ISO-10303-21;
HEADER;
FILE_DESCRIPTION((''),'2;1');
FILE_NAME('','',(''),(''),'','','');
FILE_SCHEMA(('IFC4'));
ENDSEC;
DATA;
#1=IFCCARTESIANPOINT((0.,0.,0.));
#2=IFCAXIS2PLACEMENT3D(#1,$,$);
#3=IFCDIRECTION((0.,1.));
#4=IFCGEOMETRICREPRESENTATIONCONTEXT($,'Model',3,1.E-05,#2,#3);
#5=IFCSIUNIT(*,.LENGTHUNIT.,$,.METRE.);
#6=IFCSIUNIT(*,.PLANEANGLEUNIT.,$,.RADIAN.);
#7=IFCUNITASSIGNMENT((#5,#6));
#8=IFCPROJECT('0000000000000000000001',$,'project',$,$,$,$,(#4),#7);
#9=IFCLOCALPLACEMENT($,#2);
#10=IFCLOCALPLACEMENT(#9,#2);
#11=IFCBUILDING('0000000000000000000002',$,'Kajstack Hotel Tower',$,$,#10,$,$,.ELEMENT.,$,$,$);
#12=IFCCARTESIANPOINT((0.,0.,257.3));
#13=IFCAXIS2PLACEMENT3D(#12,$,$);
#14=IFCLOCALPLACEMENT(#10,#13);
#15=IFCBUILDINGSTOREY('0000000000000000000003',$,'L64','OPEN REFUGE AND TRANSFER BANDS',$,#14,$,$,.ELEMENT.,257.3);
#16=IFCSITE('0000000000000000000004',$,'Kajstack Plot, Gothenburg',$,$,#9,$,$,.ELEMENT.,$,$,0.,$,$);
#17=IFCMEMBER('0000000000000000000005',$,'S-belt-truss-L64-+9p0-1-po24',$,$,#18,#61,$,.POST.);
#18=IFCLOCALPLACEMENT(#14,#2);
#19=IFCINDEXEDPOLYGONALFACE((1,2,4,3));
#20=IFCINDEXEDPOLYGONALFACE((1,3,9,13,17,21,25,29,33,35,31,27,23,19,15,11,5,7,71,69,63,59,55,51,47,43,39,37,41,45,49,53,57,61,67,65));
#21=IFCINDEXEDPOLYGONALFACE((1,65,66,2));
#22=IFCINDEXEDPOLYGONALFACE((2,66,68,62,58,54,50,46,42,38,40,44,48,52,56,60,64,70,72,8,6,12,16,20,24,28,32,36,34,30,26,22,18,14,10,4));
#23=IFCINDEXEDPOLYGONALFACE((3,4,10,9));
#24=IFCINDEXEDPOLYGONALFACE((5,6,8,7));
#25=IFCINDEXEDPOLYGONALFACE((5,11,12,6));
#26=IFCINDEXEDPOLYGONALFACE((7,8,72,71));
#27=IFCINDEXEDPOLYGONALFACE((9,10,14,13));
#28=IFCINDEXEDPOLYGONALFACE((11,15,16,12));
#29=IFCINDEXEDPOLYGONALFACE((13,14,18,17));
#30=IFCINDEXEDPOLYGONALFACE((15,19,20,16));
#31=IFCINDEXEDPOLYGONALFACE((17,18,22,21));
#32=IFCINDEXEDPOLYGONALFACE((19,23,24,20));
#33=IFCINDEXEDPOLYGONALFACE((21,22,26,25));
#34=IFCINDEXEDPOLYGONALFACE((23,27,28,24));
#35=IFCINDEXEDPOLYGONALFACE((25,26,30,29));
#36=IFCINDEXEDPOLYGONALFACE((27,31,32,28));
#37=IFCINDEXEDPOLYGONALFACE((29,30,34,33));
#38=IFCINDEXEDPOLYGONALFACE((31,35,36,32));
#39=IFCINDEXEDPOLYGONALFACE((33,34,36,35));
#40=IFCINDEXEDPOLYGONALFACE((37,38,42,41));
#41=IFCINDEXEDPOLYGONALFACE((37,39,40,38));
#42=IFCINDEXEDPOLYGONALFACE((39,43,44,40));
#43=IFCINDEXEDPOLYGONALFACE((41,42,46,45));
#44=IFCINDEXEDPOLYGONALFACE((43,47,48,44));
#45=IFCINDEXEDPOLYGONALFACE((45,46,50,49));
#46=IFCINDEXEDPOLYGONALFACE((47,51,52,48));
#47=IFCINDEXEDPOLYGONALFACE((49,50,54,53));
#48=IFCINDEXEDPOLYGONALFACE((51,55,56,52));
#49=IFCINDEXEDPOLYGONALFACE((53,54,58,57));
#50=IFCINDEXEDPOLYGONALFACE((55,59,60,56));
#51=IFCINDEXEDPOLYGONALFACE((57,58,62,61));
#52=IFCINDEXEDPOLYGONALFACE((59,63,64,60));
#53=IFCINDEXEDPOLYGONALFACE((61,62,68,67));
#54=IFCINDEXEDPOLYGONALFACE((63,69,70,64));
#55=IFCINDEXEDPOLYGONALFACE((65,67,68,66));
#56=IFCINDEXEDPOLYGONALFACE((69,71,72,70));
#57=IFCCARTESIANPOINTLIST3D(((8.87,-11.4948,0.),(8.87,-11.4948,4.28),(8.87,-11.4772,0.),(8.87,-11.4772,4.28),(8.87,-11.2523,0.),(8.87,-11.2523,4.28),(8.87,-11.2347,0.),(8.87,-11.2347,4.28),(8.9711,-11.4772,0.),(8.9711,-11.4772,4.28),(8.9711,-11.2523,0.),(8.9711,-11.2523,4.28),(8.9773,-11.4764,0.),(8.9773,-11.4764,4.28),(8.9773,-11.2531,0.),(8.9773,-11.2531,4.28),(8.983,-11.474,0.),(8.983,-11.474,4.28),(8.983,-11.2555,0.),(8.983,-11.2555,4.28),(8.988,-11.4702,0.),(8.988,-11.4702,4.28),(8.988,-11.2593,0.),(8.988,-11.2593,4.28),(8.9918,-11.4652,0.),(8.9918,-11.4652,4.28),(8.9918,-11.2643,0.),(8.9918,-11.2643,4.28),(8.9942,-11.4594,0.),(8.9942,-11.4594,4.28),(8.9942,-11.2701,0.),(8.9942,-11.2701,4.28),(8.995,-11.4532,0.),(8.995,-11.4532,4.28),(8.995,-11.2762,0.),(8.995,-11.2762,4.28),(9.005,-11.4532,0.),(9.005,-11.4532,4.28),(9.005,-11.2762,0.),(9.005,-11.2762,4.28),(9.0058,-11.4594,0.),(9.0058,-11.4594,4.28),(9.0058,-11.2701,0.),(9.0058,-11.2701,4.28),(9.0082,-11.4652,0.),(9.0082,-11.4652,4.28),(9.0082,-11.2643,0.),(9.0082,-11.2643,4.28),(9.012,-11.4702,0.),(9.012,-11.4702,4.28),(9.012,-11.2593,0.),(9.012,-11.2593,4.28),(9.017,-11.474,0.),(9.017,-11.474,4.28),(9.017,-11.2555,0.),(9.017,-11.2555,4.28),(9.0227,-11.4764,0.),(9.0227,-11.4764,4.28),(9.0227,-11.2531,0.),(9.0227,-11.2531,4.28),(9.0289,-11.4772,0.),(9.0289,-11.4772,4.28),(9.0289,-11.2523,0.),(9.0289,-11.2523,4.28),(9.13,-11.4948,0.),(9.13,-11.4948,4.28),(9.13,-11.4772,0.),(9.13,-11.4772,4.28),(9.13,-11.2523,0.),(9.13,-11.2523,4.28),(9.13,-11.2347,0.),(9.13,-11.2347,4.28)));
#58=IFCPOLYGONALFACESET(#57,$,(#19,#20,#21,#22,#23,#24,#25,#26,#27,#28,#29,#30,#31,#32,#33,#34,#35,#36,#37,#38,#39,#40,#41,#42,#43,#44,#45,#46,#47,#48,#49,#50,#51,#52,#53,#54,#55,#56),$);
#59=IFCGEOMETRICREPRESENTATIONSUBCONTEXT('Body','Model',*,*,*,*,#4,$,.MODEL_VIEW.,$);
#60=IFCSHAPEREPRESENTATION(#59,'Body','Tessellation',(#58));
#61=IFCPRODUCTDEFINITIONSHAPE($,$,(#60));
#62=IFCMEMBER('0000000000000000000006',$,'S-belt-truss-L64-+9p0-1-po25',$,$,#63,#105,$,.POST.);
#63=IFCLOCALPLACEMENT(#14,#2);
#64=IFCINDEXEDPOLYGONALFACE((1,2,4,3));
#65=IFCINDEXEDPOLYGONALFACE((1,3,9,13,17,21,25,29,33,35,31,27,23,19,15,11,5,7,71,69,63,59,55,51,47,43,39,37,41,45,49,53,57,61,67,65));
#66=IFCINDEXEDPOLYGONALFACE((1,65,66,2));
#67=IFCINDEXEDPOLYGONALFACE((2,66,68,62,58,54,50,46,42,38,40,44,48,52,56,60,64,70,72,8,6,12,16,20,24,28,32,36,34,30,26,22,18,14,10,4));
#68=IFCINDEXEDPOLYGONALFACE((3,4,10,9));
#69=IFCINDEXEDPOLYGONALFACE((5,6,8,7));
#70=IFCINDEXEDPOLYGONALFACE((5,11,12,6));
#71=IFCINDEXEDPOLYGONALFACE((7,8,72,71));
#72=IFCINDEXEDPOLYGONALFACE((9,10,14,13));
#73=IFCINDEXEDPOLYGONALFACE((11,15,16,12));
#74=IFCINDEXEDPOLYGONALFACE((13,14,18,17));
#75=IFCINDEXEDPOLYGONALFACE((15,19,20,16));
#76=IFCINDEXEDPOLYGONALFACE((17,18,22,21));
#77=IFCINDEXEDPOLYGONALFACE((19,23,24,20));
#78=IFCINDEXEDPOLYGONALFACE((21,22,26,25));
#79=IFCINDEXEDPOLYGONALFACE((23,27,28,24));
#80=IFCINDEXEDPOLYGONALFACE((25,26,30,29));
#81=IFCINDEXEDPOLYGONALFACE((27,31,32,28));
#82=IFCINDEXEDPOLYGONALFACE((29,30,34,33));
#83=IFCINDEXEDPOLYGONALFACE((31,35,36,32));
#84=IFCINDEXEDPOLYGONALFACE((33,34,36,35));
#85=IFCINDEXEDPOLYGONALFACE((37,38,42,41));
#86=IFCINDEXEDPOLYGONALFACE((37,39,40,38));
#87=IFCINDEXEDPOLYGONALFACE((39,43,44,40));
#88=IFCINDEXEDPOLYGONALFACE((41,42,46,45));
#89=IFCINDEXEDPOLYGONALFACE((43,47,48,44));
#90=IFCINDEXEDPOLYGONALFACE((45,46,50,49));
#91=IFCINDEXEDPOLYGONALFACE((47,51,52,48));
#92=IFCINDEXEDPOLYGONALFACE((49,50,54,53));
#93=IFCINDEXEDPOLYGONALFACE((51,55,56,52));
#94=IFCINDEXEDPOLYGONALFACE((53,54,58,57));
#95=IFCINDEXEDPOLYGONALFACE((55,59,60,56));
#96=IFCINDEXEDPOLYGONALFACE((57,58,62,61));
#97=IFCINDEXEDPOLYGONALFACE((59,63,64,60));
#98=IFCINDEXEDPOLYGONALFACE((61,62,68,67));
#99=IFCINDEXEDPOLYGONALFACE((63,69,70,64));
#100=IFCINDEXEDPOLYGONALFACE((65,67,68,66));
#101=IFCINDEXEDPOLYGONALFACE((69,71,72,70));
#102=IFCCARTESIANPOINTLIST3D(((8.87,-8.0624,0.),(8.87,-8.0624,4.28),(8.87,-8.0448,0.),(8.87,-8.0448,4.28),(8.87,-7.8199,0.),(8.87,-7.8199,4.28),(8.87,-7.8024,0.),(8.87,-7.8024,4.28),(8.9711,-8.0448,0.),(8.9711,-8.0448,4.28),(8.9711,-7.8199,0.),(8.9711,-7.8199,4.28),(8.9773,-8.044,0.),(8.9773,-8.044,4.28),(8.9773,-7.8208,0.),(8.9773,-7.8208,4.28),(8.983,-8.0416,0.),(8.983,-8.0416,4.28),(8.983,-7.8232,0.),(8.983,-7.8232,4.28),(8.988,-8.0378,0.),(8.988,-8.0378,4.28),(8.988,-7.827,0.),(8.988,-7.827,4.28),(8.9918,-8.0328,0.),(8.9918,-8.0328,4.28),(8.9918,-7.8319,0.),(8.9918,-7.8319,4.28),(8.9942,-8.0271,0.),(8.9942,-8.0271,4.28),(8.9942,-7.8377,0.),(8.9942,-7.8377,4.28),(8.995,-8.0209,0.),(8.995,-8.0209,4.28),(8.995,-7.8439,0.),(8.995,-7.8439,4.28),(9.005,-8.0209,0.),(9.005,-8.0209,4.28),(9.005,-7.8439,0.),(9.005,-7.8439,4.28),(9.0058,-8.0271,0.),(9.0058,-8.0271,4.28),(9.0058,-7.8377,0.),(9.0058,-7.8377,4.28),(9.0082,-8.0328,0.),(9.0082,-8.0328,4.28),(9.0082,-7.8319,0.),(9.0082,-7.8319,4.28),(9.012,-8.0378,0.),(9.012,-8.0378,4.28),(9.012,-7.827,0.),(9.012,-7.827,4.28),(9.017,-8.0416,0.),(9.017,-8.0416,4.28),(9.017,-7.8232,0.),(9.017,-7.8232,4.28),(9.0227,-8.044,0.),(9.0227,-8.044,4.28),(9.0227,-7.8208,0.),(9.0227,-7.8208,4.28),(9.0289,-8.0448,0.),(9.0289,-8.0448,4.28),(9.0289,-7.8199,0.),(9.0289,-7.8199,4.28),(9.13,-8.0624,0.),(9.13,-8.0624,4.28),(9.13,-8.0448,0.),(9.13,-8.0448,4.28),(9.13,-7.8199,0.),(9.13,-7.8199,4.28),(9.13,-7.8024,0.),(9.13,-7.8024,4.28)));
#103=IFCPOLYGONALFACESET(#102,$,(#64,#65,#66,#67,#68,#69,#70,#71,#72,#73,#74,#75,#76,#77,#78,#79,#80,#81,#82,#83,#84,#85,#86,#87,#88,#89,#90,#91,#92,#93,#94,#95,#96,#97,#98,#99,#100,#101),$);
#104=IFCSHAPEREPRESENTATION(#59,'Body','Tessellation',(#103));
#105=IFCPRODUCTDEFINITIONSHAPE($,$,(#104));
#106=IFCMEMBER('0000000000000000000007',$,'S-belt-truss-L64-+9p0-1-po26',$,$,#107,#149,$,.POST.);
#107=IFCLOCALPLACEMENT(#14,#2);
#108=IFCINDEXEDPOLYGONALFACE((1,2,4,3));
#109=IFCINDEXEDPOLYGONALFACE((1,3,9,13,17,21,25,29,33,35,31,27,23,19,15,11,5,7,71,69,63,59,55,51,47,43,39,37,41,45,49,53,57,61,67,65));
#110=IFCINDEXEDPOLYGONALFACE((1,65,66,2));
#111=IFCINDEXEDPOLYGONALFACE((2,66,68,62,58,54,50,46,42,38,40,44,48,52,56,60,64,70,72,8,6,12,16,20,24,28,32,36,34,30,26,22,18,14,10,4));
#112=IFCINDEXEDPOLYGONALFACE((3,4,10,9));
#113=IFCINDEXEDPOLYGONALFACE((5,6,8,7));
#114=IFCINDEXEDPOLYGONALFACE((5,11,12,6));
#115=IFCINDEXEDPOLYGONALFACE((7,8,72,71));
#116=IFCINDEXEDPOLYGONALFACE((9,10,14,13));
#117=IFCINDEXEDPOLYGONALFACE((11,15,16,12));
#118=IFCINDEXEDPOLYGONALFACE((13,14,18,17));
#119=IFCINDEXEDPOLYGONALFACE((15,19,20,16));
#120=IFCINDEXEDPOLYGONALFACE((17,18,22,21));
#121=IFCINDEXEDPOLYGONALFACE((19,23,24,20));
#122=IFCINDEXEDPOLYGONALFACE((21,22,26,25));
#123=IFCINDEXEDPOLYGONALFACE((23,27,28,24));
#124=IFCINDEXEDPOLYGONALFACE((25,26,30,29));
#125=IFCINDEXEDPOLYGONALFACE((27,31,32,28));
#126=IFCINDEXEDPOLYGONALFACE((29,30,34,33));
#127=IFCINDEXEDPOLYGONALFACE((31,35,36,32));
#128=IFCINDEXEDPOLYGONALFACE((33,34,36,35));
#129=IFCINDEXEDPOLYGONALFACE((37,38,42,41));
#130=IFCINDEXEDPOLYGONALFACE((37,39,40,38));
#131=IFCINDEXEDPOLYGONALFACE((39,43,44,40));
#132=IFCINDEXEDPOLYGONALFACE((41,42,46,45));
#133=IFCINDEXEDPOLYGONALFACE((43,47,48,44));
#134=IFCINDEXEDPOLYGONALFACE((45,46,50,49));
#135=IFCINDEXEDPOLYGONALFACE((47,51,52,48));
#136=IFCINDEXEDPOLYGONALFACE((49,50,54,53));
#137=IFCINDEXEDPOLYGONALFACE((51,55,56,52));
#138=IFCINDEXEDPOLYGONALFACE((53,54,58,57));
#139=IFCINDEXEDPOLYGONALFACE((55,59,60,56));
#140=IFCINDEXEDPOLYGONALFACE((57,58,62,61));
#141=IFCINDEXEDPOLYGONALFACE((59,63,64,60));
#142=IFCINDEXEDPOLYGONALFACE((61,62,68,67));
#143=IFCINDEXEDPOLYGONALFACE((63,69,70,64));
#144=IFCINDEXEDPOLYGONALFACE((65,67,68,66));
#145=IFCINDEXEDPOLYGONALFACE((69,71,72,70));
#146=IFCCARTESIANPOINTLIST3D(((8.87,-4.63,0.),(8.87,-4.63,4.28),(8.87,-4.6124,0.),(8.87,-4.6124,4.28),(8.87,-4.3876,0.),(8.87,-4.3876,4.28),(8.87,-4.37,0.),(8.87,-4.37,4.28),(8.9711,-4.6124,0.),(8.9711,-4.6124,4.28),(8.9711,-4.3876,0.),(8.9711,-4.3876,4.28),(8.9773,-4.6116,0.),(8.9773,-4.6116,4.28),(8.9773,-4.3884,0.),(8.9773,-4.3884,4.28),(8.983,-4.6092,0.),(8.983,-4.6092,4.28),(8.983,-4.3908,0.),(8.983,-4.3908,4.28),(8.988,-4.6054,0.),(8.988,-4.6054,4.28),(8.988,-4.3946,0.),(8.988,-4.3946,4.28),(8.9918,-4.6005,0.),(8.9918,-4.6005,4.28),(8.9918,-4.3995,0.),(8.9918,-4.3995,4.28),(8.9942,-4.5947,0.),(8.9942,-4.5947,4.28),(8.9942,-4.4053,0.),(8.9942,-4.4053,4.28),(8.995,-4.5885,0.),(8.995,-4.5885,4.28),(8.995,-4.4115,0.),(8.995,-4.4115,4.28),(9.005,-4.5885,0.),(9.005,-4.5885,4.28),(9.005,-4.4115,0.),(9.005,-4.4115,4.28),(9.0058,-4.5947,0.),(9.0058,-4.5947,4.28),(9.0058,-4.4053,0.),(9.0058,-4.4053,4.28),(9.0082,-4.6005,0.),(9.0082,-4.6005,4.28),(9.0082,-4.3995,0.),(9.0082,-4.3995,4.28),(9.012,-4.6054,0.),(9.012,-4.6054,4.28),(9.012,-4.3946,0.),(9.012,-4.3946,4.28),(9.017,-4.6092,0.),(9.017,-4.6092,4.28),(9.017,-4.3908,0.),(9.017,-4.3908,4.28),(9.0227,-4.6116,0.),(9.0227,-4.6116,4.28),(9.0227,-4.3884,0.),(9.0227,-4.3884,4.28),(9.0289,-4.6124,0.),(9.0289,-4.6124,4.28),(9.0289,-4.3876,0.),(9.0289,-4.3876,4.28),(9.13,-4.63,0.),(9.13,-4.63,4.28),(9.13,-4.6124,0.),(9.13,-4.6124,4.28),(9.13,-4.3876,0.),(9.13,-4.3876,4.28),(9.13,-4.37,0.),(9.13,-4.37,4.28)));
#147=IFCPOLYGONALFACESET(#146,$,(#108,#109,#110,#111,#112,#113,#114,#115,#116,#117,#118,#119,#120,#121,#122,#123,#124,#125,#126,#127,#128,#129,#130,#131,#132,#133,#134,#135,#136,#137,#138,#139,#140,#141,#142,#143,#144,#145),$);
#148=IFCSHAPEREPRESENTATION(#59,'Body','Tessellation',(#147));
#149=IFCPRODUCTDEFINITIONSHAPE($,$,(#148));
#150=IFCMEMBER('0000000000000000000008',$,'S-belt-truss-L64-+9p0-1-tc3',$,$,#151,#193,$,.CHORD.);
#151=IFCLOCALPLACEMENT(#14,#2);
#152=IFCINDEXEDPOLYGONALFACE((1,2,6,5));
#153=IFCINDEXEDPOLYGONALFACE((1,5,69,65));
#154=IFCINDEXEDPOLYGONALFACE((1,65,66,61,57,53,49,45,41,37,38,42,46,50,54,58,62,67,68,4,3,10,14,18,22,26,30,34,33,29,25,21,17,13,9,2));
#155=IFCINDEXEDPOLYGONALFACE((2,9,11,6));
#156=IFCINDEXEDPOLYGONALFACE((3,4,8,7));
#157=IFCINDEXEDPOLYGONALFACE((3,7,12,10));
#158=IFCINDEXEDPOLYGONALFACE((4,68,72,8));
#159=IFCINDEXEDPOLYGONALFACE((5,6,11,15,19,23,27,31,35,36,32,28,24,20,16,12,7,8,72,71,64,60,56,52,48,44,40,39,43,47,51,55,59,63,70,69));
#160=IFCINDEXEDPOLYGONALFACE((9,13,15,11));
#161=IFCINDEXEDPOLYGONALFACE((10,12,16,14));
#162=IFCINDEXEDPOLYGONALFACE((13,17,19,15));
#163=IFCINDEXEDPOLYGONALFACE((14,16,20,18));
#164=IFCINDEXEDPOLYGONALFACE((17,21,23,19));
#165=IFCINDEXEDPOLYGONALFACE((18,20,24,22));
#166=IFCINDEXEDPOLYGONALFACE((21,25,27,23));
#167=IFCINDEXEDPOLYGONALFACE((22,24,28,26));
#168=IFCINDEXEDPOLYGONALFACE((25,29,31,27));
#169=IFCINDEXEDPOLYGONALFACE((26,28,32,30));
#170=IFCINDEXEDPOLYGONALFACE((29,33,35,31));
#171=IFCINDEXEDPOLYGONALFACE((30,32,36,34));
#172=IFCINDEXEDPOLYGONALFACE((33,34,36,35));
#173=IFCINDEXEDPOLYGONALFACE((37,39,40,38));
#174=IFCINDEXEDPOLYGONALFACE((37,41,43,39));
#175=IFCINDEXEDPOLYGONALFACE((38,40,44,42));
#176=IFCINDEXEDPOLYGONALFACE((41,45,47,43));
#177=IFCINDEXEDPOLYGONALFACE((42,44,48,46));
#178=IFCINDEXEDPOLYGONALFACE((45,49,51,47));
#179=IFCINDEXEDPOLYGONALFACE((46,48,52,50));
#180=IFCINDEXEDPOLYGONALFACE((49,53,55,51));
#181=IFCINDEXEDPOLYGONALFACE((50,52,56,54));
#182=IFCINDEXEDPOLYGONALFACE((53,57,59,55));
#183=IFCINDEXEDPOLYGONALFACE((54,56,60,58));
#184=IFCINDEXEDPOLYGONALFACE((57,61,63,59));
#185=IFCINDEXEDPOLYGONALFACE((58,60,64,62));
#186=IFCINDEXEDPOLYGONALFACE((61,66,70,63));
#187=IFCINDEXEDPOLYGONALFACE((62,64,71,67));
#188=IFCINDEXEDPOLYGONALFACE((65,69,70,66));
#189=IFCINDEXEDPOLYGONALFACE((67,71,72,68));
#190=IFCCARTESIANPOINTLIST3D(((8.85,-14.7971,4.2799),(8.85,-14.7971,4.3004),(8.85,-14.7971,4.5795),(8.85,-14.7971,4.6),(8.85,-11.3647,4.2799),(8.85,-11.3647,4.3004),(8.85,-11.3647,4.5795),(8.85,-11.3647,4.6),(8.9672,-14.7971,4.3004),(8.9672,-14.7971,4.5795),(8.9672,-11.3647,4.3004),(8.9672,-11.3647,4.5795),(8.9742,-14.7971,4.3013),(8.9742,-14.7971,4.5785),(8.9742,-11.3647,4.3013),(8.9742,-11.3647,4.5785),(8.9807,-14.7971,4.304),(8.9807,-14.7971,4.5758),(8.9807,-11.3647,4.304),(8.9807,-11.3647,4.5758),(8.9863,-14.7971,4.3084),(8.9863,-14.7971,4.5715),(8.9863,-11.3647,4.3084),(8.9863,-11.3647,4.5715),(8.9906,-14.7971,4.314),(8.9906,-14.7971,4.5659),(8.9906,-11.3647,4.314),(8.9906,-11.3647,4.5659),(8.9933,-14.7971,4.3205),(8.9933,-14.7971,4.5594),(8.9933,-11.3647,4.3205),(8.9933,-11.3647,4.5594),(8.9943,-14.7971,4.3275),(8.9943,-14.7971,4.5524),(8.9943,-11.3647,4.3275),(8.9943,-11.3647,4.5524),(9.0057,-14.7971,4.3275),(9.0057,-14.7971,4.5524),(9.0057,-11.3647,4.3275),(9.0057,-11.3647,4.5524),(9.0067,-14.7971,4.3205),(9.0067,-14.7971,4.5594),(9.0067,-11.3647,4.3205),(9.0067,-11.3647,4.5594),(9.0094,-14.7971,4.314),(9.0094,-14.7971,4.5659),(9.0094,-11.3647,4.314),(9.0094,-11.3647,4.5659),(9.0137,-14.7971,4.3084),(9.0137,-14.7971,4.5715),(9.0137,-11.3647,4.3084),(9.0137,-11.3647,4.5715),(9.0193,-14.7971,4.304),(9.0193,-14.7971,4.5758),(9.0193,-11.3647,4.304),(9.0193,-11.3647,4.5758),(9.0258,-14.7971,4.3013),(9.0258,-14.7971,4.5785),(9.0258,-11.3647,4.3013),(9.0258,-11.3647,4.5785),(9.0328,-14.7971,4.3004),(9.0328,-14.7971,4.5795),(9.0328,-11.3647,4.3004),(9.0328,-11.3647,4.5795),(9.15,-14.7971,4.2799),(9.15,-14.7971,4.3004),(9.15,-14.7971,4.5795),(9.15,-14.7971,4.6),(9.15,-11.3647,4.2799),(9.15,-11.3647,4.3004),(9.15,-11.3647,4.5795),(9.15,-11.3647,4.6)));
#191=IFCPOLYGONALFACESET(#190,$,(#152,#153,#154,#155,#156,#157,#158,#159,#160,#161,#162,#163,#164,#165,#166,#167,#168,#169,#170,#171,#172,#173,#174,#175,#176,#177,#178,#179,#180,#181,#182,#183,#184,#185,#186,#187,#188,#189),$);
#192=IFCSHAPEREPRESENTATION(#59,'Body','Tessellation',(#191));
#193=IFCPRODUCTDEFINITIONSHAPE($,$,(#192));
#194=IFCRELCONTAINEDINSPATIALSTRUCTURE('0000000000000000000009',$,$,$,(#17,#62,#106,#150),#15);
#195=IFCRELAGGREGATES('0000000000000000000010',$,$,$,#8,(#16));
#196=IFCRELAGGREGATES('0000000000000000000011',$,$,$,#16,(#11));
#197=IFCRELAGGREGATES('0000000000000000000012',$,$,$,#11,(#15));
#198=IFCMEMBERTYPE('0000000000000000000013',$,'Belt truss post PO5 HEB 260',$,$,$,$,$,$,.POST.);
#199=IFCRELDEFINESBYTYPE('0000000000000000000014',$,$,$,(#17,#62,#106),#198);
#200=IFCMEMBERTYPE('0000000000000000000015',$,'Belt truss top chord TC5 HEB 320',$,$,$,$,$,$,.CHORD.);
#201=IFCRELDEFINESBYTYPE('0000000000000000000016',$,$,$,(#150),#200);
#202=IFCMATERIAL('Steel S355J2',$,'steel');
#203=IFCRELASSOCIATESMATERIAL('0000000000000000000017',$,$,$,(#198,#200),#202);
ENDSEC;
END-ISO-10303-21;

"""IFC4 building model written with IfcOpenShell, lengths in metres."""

from ifc_helpers import new_model, si_unit, direction, frame, origin, origin_2d, place, context, subcontext, project, spatial, i_section, extrude, material, material_profile, profile_set, type_object, element, save


model = new_model("IFC4")

# Units and contexts
model_context = context("Model", 3, precision=1e-05, world=origin(), true_north=direction((0.0, 1.0)))
body_context = subcontext(model_context, "Body", "Model", "MODEL_VIEW")
ifc_project = project(units=[si_unit("LENGTHUNIT", "METRE"), si_unit("PLANEANGLEUNIT", "RADIAN")], contexts=[model_context])

# Site, building, storey
site_placement = place(None, origin())
site = spatial("IfcSite", under=ifc_project, at=site_placement, Name="Kajstack Plot, Gothenburg", CompositionType="ELEMENT", RefElevation=0.0)
building_placement = place(site_placement, origin())
building = spatial("IfcBuilding", under=site, at=building_placement, Name="Kajstack Hotel Tower", CompositionType="ELEMENT")
storey_placement = place(building_placement, frame((0.0, 0.0, 257.3)))
storey = spatial("IfcBuildingStorey", under=building, at=storey_placement, Name="L64", Description="OPEN REFUGE AND TRANSFER BANDS", CompositionType="ELEMENT", Elevation=257.3)

# Members
ifc_material = material(Name="Steel S355J2", Category="steel")
ifc_material_profile_1 = material_profile(ifc_material, i_section(OverallWidth=0.26, OverallDepth=0.26, WebThickness=0.01, FlangeThickness=0.0176, FilletRadius=0.0239, at=origin_2d()), Name="HEB 260")
ifc_profile_set_1 = profile_set([ifc_material_profile_1], Name="Steel S355J2")
member_type_1 = type_object("IfcMemberType", Name="Belt truss post PO5 HEB 260", PredefinedType="POST", material=ifc_profile_set_1)
for number, where, z_axis, x_axis, name in (
    (1, (9.0, -11.3647, 0.0), (0.0, 0.0, 1.0), (1.0, 0.0, 0.0), "S-belt-truss-L64-+9p0-1-po24"),
    (2, (9.0, -7.9324, 0.0), (0.0, 0.0, 1.0), (1.0, 0.0, 0.0), "S-belt-truss-L64-+9p0-1-po25"),
    (3, (9.0, -4.5, 0.0), (0.0, 0.0, 1.0), (1.0, 0.0, 0.0), "S-belt-truss-L64-+9p0-1-po26"),
):
    element("IfcMember", number, at=place(storey_placement, frame(where, z_axis=z_axis, x_axis=x_axis)), inside=storey, type_object=member_type_1, Name=name, PredefinedType="POST", context=body_context, shape_type="SweptSolid", body=[
        extrude(i_section(OverallWidth=0.26, OverallDepth=0.26, WebThickness=0.01, FlangeThickness=0.0176, FilletRadius=0.0239, at=origin_2d()), origin(), (0.0, 0.0, 1.0), 4.28),
    ])
ifc_material_profile_2 = material_profile(ifc_material, i_section(OverallWidth=0.3, OverallDepth=0.3201, WebThickness=0.0115, FlangeThickness=0.0205, FilletRadius=0.0271, at=origin_2d()), Name="HEB 320")
ifc_profile_set_2 = profile_set([ifc_material_profile_2], Name="Steel S355J2")
member_type_2 = type_object("IfcMemberType", Name="Belt truss top chord TC5 HEB 320", PredefinedType="CHORD", material=ifc_profile_set_2)
for number, where, z_axis, x_axis, name in (
    (4, (9.0, -14.7971, 4.4399), (0.0, 1.0, 0.0), (-1.0, 0.0, 0.0), "S-belt-truss-L64-+9p0-1-tc3"),
):
    element("IfcMember", number, at=place(storey_placement, frame(where, z_axis=z_axis, x_axis=x_axis)), inside=storey, type_object=member_type_2, Name=name, PredefinedType="CHORD", context=body_context, shape_type="SweptSolid", body=[
        extrude(i_section(OverallWidth=0.3, OverallDepth=0.3201, WebThickness=0.0115, FlangeThickness=0.0205, FilletRadius=0.0271, at=origin_2d()), origin(), (0.0, 0.0, 1.0), 3.4324),
    ])

save(model, "model.ifc")
